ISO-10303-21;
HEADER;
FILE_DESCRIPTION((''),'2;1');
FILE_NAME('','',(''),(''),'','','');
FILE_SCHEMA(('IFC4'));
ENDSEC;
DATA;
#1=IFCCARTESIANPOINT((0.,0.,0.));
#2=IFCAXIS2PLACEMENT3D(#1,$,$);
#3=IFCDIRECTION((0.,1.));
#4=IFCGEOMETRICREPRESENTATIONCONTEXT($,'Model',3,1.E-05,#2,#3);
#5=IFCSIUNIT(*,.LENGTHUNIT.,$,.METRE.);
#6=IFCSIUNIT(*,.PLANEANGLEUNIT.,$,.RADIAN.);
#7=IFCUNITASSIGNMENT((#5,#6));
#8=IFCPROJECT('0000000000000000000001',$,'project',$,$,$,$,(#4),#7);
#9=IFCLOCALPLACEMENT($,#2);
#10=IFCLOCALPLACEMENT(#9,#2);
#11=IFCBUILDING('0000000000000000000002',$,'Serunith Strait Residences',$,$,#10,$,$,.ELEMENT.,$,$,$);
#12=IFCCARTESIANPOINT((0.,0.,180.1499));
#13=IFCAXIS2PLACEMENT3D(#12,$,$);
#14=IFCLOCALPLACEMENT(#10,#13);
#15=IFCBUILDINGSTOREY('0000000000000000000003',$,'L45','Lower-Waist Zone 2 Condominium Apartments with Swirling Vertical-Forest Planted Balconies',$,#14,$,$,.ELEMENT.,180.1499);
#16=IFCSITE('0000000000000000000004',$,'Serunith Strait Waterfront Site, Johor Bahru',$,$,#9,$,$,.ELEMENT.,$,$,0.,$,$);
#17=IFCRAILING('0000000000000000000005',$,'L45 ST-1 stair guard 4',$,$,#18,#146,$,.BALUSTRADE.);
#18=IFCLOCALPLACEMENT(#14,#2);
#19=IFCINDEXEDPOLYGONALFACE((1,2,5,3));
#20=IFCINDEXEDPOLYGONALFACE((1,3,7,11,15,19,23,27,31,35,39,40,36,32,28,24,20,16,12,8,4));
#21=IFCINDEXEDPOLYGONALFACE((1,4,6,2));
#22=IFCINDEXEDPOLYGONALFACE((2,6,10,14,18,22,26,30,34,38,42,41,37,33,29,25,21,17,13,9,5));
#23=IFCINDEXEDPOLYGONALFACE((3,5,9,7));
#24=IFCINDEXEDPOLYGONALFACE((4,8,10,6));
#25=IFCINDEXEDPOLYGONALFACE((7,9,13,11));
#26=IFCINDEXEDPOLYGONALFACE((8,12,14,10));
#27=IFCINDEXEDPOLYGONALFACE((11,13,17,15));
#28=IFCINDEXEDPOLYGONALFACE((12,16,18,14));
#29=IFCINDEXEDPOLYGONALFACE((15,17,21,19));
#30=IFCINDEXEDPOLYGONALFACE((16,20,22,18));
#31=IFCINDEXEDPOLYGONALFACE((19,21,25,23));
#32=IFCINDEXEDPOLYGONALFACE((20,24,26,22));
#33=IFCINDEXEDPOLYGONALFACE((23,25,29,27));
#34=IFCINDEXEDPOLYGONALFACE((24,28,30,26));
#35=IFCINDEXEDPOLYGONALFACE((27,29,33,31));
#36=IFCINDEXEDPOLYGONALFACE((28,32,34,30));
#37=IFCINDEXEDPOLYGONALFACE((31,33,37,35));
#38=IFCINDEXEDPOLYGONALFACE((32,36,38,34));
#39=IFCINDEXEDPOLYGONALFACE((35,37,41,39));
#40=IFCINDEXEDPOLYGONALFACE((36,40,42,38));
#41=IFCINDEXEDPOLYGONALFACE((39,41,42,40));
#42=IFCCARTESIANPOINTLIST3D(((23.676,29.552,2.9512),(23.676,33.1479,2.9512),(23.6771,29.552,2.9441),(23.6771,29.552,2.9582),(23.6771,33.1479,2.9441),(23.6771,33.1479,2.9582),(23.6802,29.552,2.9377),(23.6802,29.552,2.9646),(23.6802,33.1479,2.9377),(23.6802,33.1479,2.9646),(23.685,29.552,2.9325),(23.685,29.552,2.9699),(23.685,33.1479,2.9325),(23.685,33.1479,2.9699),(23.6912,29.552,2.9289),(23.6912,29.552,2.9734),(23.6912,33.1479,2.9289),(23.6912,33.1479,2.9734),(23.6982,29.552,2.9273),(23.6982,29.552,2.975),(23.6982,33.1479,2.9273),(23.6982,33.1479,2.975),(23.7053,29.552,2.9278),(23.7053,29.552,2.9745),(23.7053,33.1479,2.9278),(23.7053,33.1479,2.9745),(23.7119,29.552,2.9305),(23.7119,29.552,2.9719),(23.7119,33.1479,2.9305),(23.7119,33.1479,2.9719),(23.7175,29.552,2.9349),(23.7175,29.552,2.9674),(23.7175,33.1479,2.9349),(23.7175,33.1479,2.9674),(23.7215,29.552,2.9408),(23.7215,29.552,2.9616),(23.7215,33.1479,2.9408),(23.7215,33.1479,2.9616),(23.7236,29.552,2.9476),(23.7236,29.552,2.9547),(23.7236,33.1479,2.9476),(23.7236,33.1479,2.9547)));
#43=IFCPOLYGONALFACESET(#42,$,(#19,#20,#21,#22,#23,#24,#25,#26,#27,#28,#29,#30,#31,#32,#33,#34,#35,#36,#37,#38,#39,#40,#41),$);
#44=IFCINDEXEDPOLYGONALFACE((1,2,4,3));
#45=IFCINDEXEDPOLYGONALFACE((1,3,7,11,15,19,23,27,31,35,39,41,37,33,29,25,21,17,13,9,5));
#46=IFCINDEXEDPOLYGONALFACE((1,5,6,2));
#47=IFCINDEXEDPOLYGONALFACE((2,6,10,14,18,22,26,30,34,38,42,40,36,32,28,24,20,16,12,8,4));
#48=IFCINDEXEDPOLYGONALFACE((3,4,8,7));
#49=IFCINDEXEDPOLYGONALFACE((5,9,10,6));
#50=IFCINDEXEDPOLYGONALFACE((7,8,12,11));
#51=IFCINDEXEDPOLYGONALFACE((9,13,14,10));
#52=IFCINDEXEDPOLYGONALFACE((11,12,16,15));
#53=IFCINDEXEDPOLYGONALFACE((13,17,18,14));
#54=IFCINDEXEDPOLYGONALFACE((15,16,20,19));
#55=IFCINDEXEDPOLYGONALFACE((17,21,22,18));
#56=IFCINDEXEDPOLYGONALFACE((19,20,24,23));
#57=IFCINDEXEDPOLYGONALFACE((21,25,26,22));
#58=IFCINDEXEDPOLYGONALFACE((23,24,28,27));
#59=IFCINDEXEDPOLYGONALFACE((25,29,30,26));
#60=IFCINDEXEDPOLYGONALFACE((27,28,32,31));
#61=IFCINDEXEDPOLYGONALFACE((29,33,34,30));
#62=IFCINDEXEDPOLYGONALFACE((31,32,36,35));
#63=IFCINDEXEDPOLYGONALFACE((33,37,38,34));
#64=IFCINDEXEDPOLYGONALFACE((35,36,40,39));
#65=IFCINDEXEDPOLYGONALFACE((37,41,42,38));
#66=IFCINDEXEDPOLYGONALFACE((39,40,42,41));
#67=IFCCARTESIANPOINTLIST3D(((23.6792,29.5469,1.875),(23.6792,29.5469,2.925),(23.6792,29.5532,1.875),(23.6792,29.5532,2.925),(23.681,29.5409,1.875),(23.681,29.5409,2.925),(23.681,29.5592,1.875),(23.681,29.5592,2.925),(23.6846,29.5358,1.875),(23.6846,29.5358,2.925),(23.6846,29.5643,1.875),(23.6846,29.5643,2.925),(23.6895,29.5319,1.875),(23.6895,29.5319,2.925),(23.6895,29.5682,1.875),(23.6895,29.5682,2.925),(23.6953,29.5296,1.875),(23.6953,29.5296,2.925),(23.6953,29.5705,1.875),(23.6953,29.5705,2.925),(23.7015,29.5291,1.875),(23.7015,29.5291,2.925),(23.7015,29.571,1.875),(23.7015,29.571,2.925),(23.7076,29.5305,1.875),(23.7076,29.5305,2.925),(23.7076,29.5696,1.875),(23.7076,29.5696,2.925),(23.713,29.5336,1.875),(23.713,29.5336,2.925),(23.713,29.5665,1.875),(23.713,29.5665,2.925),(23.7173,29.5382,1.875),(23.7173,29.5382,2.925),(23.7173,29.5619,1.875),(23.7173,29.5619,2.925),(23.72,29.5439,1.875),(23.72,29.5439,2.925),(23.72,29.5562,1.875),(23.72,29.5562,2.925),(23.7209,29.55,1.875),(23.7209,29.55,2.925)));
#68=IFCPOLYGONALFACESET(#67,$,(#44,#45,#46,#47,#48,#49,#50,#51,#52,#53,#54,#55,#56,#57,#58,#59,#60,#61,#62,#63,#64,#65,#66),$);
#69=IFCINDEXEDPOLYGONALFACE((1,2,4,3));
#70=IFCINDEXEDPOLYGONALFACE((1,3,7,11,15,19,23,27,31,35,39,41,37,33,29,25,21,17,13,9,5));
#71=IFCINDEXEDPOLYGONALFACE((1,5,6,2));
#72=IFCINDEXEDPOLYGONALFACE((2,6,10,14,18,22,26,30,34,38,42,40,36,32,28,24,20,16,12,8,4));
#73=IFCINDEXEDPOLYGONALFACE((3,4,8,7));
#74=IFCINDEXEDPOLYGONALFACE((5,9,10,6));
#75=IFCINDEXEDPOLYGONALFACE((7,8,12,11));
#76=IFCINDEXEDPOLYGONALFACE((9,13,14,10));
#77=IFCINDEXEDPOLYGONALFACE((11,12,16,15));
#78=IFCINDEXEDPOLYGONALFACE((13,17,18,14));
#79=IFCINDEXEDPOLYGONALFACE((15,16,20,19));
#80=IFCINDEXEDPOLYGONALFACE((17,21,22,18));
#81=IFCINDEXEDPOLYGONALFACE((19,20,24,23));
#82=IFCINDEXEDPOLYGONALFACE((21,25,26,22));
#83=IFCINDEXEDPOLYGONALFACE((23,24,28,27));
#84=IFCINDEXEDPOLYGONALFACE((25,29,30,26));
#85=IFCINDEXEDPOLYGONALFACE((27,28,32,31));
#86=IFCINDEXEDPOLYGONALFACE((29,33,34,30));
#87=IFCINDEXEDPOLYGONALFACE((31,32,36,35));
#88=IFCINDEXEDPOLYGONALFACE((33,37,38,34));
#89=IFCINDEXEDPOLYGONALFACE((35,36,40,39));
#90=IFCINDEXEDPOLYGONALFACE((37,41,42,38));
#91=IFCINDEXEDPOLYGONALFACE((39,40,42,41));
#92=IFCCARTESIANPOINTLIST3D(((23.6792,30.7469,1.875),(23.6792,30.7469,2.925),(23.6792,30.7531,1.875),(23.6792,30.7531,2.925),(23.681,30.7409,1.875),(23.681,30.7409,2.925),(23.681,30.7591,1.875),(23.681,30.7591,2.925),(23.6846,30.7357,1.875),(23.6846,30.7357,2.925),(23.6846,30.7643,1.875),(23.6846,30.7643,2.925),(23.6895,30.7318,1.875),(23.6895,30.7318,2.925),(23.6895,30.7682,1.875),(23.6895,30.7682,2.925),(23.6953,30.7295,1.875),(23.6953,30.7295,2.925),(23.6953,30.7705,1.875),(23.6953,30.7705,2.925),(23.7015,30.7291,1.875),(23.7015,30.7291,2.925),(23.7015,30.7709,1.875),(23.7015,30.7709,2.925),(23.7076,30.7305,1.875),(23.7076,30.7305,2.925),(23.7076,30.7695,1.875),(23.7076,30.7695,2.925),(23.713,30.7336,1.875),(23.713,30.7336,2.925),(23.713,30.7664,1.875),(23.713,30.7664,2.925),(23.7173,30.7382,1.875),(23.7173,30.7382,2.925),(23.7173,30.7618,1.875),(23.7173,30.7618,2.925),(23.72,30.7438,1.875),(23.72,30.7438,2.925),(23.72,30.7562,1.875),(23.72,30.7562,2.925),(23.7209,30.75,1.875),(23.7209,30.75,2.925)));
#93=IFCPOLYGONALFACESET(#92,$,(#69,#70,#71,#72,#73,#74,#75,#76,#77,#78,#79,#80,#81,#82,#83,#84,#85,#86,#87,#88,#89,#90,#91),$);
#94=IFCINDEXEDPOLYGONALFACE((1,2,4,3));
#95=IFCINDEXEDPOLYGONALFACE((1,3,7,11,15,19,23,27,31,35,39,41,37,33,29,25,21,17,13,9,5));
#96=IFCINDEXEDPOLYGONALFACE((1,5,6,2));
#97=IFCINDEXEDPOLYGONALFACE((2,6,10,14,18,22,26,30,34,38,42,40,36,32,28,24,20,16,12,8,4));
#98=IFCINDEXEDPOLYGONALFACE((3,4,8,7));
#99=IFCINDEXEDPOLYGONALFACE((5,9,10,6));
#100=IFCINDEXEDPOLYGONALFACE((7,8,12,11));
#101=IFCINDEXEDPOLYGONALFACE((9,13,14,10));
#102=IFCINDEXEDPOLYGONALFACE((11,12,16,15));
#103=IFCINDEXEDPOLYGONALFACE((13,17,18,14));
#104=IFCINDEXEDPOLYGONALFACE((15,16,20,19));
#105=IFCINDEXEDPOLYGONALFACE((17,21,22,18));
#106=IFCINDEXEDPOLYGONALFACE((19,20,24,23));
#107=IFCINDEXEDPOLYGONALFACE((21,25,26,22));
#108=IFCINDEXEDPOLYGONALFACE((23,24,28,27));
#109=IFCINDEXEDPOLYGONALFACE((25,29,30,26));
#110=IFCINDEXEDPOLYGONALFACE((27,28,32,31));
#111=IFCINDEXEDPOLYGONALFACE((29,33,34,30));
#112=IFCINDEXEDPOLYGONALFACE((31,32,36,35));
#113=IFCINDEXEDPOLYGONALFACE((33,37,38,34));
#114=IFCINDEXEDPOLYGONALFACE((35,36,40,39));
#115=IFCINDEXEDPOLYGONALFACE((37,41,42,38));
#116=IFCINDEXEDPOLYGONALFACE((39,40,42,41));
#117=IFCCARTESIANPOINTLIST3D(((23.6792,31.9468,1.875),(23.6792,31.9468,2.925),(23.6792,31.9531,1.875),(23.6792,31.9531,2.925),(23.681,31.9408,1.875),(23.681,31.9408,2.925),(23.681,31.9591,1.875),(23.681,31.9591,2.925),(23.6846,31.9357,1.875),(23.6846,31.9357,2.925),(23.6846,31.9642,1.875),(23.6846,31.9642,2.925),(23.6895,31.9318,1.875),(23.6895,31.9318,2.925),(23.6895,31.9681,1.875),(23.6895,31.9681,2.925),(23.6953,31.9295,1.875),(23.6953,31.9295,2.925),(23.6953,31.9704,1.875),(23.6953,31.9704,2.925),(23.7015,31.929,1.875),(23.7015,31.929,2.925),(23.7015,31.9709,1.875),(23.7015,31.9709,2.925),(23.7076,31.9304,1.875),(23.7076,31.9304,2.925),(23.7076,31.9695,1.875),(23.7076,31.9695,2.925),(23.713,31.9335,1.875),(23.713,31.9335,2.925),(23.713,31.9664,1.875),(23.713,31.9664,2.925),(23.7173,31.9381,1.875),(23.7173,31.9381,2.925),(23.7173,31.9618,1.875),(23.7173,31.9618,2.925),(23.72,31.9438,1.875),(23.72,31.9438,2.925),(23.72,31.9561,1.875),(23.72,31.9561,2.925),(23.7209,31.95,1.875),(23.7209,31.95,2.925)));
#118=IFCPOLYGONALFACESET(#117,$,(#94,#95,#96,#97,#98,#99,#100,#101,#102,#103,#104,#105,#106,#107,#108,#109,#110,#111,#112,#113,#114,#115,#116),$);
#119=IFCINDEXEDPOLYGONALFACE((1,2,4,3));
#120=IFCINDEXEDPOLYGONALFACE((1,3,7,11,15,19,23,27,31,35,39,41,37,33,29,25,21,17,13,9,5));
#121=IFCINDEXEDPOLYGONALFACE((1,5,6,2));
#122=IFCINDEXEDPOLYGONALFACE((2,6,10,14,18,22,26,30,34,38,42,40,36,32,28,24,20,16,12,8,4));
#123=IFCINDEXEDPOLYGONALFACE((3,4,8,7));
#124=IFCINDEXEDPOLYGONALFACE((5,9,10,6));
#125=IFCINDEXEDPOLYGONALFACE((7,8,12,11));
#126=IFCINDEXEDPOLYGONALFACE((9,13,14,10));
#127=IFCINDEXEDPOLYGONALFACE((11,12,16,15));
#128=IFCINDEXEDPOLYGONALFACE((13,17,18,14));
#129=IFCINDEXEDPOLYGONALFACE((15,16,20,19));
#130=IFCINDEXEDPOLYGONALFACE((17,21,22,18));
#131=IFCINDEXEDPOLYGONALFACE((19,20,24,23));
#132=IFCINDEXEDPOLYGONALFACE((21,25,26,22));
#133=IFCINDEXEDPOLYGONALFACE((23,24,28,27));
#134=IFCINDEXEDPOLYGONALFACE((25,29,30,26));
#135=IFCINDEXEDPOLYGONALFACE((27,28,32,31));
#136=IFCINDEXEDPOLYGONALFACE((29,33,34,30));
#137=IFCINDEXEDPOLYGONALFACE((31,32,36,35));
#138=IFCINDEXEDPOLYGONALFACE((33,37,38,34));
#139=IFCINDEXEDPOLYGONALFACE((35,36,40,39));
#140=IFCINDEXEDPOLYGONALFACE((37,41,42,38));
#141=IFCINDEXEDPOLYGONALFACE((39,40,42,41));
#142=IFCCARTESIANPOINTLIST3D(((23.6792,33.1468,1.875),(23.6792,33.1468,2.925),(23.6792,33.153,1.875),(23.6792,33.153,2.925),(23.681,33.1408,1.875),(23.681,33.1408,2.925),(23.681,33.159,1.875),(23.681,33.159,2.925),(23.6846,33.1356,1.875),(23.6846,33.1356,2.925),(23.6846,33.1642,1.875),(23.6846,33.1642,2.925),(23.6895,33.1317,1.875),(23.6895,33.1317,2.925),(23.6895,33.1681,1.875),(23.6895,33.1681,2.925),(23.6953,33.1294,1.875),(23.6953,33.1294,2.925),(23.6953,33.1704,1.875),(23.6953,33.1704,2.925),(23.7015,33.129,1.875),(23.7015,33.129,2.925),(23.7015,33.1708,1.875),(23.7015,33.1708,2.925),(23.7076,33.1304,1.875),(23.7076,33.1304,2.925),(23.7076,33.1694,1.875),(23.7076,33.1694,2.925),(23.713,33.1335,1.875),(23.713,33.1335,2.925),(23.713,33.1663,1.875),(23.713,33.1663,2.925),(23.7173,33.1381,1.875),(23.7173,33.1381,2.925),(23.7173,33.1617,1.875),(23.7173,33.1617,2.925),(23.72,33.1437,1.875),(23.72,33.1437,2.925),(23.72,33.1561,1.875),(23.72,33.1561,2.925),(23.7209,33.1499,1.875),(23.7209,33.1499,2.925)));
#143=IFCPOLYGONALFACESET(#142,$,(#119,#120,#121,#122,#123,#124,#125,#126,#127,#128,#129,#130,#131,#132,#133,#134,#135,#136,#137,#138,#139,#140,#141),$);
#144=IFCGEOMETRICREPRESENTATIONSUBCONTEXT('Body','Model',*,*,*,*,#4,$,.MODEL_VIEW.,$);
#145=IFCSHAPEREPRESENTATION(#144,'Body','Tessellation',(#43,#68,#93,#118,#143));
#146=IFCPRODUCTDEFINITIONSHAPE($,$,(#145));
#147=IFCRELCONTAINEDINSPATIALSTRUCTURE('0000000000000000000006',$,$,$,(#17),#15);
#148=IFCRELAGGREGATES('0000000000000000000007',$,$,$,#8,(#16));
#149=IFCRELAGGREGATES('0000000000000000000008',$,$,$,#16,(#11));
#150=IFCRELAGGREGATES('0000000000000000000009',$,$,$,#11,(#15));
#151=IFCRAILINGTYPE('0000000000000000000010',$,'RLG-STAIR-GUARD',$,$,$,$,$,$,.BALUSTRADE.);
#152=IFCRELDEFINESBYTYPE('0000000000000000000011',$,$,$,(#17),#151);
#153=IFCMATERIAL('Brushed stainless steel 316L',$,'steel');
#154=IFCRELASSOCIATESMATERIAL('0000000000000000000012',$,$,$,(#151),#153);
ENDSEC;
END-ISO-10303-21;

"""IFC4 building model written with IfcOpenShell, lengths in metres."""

from ifc_helpers import new_model, si_unit, direction, frame, origin, origin_2d, place, context, subcontext, project, spatial, circle, extrude, material, type_object, element, save


model = new_model("IFC4")

# Units and contexts
model_context = context("Model", 3, precision=1e-05, world=origin(), true_north=direction((0.0, 1.0)))
body_context = subcontext(model_context, "Body", "Model", "MODEL_VIEW")
ifc_project = project(units=[si_unit("LENGTHUNIT", "METRE"), si_unit("PLANEANGLEUNIT", "RADIAN")], contexts=[model_context])

# Site, building, storey
site_placement = place(None, origin())
site = spatial("IfcSite", under=ifc_project, at=site_placement, Name="Serunith Strait Waterfront Site, Johor Bahru", CompositionType="ELEMENT", RefElevation=0.0)
building_placement = place(site_placement, origin())
building = spatial("IfcBuilding", under=site, at=building_placement, Name="Serunith Strait Residences", CompositionType="ELEMENT")
storey_placement = place(building_placement, frame((0.0, 0.0, 180.1499)))
storey = spatial("IfcBuildingStorey", under=building, at=storey_placement, Name="L45", Description="Lower-Waist Zone 2 Condominium Apartments with Swirling Vertical-Forest Planted Balconies", CompositionType="ELEMENT", Elevation=180.1499)

# Railing
ifc_material_1 = material(Name="Brushed stainless steel 316L", Category="steel")
railing_type_1 = type_object("IfcRailingType", Name="RLG-STAIR-GUARD", PredefinedType="BALUSTRADE", material=ifc_material_1)
for number, where, name in (
    (1, (23.7, 29.55, 1.875), "L45 ST-1 stair guard 4"),
):
    element("IfcRailing", number, at=place(storey_placement, frame(where)), inside=storey, type_object=railing_type_1, Name=name, PredefinedType="BALUSTRADE", context=body_context, shape_type="SweptSolid", body=[
        extrude(circle(Radius=0.0239, at=origin_2d()), frame((0.0, 0.002, 1.0762), z_axis=(0.0, 1.0, 0.0), x_axis=(-1.0, 0.0, 0.0)), (0.0, 0.0, 1.0), 3.5959),
        extrude(circle(Radius=0.021, at=origin_2d()), origin(), (0.0, 0.0, 1.0), 1.05),
        extrude(circle(Radius=0.021, at=origin_2d()), frame((0.0, 1.2, 0.0)), (0.0, 0.0, 1.0), 1.05),
        extrude(circle(Radius=0.021, at=origin_2d()), frame((0.0, 2.3999, 0.0)), (0.0, 0.0, 1.0), 1.05),
        extrude(circle(Radius=0.021, at=origin_2d()), frame((0.0, 3.5999, 0.0)), (0.0, 0.0, 1.0), 1.05),
    ])

save(model, "model.ifc")
